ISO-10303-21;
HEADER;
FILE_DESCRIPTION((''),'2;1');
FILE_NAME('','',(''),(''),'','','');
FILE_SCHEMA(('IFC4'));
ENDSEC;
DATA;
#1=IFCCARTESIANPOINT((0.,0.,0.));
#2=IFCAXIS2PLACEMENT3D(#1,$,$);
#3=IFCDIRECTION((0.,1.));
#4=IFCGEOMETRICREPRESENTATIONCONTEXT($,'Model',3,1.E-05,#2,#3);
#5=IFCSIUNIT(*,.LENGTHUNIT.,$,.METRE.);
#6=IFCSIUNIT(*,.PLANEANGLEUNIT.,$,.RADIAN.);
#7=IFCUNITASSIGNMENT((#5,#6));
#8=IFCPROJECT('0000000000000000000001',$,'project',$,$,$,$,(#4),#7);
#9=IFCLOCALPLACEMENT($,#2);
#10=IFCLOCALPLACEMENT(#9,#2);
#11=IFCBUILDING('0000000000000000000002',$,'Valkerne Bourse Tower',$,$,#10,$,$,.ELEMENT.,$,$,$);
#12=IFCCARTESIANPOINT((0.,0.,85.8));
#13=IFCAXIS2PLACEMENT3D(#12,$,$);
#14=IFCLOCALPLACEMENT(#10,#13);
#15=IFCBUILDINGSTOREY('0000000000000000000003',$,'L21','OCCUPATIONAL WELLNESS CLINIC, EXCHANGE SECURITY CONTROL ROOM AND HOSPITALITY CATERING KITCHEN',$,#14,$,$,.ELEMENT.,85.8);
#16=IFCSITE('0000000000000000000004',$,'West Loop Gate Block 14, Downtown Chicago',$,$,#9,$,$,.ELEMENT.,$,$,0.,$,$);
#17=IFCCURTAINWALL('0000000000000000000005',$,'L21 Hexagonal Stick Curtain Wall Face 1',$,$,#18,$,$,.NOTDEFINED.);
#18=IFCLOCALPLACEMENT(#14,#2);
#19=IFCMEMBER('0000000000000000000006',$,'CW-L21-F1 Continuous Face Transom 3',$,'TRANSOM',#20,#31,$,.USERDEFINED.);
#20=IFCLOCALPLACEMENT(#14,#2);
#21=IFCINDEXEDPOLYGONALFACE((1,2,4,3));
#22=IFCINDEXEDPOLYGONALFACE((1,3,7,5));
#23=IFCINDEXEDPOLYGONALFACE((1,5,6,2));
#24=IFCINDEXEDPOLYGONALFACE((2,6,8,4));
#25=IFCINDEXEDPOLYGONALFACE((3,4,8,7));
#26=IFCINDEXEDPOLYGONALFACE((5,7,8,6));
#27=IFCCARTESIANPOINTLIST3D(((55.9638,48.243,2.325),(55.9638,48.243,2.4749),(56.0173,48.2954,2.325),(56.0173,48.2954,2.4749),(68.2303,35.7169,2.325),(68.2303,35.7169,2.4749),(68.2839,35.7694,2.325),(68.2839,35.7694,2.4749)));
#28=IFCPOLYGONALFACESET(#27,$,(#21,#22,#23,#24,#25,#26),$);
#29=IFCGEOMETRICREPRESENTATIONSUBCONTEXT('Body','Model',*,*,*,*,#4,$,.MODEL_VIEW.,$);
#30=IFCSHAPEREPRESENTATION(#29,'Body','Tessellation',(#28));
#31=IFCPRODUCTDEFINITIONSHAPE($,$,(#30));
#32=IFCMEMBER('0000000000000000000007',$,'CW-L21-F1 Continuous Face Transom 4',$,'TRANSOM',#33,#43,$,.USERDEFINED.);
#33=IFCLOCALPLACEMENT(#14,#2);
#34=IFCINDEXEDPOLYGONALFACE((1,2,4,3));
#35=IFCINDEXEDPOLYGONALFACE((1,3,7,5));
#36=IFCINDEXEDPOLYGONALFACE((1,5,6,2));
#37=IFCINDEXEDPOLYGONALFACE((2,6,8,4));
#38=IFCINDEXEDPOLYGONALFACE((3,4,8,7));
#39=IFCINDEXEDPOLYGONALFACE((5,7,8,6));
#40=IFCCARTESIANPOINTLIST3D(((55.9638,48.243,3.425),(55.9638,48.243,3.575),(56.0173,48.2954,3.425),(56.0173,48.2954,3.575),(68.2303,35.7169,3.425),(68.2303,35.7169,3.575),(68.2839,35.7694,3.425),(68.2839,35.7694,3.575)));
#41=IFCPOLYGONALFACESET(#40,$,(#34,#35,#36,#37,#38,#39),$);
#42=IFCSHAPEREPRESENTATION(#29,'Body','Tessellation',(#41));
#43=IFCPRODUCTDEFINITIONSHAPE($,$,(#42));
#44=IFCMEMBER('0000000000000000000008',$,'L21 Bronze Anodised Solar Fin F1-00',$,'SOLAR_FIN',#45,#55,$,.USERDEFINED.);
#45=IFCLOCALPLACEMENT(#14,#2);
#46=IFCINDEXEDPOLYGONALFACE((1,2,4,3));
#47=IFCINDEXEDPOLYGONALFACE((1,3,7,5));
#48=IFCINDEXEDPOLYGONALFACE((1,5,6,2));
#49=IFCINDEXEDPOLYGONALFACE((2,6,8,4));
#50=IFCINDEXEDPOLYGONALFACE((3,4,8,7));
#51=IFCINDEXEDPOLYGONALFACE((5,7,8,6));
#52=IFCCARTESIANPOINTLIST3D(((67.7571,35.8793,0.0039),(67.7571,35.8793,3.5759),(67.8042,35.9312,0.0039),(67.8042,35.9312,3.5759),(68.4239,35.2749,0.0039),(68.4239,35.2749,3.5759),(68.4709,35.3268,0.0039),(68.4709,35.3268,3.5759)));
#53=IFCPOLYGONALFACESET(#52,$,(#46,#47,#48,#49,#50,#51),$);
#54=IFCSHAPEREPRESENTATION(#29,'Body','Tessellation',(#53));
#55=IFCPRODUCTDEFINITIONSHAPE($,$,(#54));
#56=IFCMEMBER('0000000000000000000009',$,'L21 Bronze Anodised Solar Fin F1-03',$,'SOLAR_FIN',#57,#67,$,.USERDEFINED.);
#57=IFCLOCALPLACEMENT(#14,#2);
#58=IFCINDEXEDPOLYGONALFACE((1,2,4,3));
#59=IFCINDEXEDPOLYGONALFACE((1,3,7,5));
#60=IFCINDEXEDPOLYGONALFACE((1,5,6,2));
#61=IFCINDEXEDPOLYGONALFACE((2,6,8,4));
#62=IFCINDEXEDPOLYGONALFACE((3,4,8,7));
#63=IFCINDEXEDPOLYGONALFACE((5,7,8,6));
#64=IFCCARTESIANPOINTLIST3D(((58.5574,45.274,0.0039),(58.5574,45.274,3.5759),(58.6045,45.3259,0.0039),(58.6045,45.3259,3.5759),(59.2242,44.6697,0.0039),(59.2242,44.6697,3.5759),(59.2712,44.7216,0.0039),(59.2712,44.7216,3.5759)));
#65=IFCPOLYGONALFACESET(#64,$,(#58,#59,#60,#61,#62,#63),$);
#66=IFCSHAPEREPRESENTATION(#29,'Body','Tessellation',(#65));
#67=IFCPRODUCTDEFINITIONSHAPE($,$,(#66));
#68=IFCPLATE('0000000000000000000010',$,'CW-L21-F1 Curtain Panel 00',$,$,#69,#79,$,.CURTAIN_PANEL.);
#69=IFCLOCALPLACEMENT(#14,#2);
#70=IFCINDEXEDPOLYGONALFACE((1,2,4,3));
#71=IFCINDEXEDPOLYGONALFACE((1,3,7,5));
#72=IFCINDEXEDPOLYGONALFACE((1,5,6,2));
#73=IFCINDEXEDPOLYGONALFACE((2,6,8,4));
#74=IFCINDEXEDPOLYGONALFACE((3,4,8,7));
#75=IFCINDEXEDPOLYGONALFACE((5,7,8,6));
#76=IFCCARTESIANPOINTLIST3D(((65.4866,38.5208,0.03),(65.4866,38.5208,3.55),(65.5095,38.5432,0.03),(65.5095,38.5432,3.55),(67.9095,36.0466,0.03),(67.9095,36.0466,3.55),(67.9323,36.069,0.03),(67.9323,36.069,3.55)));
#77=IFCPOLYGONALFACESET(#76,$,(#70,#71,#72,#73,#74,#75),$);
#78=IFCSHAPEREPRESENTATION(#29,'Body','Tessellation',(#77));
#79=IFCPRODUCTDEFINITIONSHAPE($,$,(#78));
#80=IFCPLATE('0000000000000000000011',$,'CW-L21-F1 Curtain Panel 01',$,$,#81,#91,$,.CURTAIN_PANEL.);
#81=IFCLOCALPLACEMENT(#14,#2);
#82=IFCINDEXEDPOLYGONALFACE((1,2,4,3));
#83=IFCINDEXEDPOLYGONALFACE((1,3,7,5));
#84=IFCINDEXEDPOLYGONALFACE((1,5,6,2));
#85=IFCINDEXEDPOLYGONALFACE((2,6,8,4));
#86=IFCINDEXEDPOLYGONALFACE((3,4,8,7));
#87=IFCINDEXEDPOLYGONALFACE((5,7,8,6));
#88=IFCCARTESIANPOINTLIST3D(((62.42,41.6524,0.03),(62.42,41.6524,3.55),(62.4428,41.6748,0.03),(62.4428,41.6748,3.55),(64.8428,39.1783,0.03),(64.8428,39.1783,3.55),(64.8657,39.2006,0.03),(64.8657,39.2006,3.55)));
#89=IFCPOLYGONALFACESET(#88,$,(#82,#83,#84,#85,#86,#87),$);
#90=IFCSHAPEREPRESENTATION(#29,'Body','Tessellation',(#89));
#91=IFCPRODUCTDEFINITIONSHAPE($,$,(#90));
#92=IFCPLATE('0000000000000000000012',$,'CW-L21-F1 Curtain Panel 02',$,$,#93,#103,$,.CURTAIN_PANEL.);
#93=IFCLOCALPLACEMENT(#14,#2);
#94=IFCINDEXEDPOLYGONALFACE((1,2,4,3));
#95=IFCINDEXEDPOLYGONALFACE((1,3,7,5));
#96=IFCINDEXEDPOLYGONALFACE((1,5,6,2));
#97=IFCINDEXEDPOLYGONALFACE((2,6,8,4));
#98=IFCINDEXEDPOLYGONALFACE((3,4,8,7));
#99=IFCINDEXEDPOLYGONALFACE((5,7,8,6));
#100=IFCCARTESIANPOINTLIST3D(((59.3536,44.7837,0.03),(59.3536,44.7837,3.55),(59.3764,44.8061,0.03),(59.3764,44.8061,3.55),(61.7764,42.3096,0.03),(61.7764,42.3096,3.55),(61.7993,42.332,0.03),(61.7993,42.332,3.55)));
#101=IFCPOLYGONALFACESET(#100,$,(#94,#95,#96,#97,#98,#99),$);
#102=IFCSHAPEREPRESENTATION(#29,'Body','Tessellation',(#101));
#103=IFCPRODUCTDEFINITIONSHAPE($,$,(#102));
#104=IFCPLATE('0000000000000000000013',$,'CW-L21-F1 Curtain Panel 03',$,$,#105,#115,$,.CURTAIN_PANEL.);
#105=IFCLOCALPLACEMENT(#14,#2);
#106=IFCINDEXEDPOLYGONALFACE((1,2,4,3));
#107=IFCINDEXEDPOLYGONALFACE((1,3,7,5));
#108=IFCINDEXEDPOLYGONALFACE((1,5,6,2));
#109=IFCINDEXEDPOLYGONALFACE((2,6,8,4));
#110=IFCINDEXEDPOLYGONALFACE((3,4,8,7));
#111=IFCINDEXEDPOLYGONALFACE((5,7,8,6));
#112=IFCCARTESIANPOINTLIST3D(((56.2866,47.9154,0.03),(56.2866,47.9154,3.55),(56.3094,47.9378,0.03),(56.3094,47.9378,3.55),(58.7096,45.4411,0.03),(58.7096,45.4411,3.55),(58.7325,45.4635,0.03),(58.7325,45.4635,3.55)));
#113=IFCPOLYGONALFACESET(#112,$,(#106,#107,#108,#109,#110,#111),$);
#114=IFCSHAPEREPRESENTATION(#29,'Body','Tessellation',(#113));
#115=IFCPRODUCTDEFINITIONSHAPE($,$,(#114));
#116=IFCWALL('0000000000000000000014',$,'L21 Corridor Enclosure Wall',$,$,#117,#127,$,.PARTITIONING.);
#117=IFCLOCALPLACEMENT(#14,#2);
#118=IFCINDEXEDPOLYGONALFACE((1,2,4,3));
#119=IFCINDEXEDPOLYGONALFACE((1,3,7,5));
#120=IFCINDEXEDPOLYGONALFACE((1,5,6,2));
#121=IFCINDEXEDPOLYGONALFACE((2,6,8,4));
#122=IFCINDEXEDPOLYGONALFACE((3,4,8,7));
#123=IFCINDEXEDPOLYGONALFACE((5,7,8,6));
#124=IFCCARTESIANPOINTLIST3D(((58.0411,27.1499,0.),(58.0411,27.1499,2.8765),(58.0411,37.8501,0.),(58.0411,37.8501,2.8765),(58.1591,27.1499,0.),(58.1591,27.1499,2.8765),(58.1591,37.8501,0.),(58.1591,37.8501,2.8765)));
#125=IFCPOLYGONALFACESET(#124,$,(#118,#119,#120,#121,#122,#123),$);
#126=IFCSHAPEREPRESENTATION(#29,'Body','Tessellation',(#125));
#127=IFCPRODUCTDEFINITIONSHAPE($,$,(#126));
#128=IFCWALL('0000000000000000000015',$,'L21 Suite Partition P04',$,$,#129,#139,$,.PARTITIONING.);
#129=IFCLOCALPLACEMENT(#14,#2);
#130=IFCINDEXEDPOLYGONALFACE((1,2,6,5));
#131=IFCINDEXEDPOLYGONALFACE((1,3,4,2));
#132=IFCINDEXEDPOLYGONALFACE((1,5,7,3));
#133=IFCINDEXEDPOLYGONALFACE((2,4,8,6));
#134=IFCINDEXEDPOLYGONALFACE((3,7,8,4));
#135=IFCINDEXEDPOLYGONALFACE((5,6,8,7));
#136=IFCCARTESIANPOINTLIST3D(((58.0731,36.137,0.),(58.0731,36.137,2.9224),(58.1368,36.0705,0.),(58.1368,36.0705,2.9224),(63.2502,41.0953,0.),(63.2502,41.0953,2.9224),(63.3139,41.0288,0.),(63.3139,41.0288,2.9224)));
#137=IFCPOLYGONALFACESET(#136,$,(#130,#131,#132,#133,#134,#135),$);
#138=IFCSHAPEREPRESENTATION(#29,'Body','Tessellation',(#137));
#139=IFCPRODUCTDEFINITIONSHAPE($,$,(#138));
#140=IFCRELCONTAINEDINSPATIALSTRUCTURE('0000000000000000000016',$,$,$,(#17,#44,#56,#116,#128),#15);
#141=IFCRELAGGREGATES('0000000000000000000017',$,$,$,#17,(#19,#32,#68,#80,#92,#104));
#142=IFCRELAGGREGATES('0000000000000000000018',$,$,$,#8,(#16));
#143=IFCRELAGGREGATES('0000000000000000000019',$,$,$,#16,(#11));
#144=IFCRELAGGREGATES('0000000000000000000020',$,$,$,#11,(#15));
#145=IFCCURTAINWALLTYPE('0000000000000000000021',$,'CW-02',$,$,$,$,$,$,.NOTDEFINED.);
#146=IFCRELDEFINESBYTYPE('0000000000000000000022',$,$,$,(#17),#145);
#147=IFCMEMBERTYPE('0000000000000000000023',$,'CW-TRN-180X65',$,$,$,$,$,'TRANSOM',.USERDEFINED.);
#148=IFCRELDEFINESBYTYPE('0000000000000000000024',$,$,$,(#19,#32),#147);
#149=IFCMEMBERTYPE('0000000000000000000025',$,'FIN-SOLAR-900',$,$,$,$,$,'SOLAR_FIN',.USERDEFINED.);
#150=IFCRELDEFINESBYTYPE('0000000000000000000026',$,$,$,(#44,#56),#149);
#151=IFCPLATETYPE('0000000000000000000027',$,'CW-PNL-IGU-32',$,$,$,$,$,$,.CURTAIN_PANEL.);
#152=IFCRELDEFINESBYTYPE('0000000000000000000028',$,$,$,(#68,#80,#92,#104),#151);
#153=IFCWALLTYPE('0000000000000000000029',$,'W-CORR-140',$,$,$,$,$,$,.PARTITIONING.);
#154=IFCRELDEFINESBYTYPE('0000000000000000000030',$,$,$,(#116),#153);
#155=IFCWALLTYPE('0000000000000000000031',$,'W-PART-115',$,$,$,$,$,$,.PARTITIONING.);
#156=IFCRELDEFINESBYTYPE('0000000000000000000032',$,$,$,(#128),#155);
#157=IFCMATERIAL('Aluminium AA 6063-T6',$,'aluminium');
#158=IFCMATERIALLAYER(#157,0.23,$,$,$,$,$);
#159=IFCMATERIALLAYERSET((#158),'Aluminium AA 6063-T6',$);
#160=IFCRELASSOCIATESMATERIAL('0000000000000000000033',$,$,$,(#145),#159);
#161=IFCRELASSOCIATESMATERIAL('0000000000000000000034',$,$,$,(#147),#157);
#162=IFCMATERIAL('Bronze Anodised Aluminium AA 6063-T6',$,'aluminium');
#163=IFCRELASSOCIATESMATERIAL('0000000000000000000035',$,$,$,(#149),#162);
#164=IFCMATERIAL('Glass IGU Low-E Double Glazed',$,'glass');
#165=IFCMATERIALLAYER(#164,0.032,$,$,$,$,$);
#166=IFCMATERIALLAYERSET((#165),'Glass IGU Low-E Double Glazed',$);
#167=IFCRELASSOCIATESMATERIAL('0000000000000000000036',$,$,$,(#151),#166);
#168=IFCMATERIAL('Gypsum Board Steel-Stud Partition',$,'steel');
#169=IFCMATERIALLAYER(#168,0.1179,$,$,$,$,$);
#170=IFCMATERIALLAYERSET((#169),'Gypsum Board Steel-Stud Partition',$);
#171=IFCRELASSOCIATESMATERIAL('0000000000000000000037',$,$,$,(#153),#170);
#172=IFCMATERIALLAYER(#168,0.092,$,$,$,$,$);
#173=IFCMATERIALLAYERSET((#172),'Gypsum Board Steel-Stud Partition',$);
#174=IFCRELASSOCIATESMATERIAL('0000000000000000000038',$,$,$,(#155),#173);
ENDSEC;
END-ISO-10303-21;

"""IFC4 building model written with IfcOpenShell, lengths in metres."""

from ifc_helpers import new_model, si_unit, direction, frame, frame_2d, origin, origin_2d, place, context, subcontext, project, spatial, rectangle, extrude, material, layer, layer_set, material_profile, profile_set, type_object, element, aggregate, save


model = new_model("IFC4")

# Units and contexts
model_context = context("Model", 3, precision=1e-05, world=origin(), true_north=direction((0.0, 1.0)))
body_context = subcontext(model_context, "Body", "Model", "MODEL_VIEW")
ifc_project = project(units=[si_unit("LENGTHUNIT", "METRE"), si_unit("PLANEANGLEUNIT", "RADIAN")], contexts=[model_context])

# Site, building, storey
site_placement = place(None, origin())
site = spatial("IfcSite", under=ifc_project, at=site_placement, Name="West Loop Gate Block 14, Downtown Chicago", CompositionType="ELEMENT", RefElevation=0.0)
building_placement = place(site_placement, origin())
building = spatial("IfcBuilding", under=site, at=building_placement, Name="Valkerne Bourse Tower", CompositionType="ELEMENT")
storey_placement = place(building_placement, frame((0.0, 0.0, 85.8)))
storey = spatial("IfcBuildingStorey", under=building, at=storey_placement, Name="L21", Description="OCCUPATIONAL WELLNESS CLINIC, EXCHANGE SECURITY CONTROL ROOM AND HOSPITALITY CATERING KITCHEN", CompositionType="ELEMENT", Elevation=85.8)

# Curtain wall, members
ifc_material_1 = material(Name="Aluminium AA 6063-T6", Category="aluminium")
ifc_layer_1 = layer(ifc_material_1, 0.23)
ifc_layer_set_1 = layer_set([ifc_layer_1], Name="Aluminium AA 6063-T6")
curtain_wall_type = type_object("IfcCurtainWallType", Name="CW-02", PredefinedType="NOTDEFINED", material=ifc_layer_set_1)
curtain_wall_placement = place(storey_placement, origin())
curtain_wall = element("IfcCurtainWall", 1, at=curtain_wall_placement, inside=storey, type_object=curtain_wall_type, Name="L21 Hexagonal Stick Curtain Wall Face 1", PredefinedType="NOTDEFINED")
ifc_material_profile_1 = material_profile(ifc_material_1, rectangle(XDim=0.075, YDim=0.1499, at=origin_2d()), Name="CWT-75X150")
ifc_profile_set_1 = profile_set([ifc_material_profile_1], Name="Aluminium AA 6063-T6")
member_type_1 = type_object("IfcMemberType", Name="CW-TRN-180X65", ElementType="TRANSOM", PredefinedType="USERDEFINED", material=ifc_profile_set_1)
member_1_placement = place(storey_placement, frame((68.2571, 35.7432, 2.3999), z_axis=(-0.699667, 0.714469, 0.0), x_axis=(-0.714469, -0.699667, 0.0)))
member_1 = element("IfcMember", 2, at=member_1_placement, type_object=member_type_1, Name="CW-L21-F1 Continuous Face Transom 3", ObjectType="TRANSOM", PredefinedType="USERDEFINED", context=body_context, shape_type="SweptSolid", body=[
    extrude(rectangle(XDim=0.075, YDim=0.1499, at=origin_2d()), origin(), (0.0, 0.0, 1.0), 17.532),
])
member_2_placement = place(storey_placement, frame((68.2571, 35.7432, 3.5), z_axis=(-0.699667, 0.714469, 0.0), x_axis=(-0.714469, -0.699667, 0.0)))
member_2 = element("IfcMember", 3, at=member_2_placement, type_object=member_type_1, Name="CW-L21-F1 Continuous Face Transom 4", ObjectType="TRANSOM", PredefinedType="USERDEFINED", context=body_context, shape_type="SweptSolid", body=[
    extrude(rectangle(XDim=0.075, YDim=0.1499, at=origin_2d()), origin(), (0.0, 0.0, 1.0), 17.532),
])

# Members
ifc_material_2 = material(Name="Bronze Anodised Aluminium AA 6063-T6", Category="aluminium")
ifc_material_profile_2 = material_profile(ifc_material_2, rectangle(XDim=0.0701, YDim=0.8999, at=origin_2d()), Name="FIN-70X900")
ifc_profile_set_2 = profile_set([ifc_material_profile_2], Name="Bronze Anodised Aluminium AA 6063-T6")
member_type_2 = type_object("IfcMemberType", Name="FIN-SOLAR-900", ElementType="SOLAR_FIN", PredefinedType="USERDEFINED", material=ifc_profile_set_2)
for number, where, z_axis, x_axis, name in (
    (4, (68.114, 35.603, 0.0039), (0.0, 0.0, 1.0), (0.671592, 0.740922, 0.0), "L21 Bronze Anodised Solar Fin F1-00"),
    (5, (58.9143, 44.9978, 0.0039), (0.0, 0.0, 1.0), (0.671582, 0.74093, 0.0), "L21 Bronze Anodised Solar Fin F1-03"),
):
    element("IfcMember", number, at=place(storey_placement, frame(where, z_axis=z_axis, x_axis=x_axis)), inside=storey, type_object=member_type_2, Name=name, ObjectType="SOLAR_FIN", PredefinedType="USERDEFINED", context=body_context, shape_type="SweptSolid", body=[
        extrude(rectangle(XDim=0.0701, YDim=0.8999, at=origin_2d()), origin(), (0.0, 0.0, 1.0), 3.572),
    ])

# Plates
ifc_material_3 = material(Name="Glass IGU Low-E Double Glazed", Category="glass")
ifc_layer_2 = layer(ifc_material_3, 0.032)
ifc_layer_set_2 = layer_set([ifc_layer_2], Name="Glass IGU Low-E Double Glazed")
plate_type = type_object("IfcPlateType", Name="CW-PNL-IGU-32", PredefinedType="CURTAIN_PANEL", material=ifc_layer_set_2)
plate_1_placement = place(storey_placement, frame((66.7095, 37.2949, 0.03), z_axis=(0.0, 0.0, 1.0), x_axis=(-0.699653, 0.714483, 0.0)))
plate_1 = element("IfcPlate", 6, at=plate_1_placement, type_object=plate_type, Name="CW-L21-F1 Curtain Panel 00", PredefinedType="CURTAIN_PANEL", context=body_context, shape_type="SweptSolid", body=[
    extrude(rectangle(XDim=3.4629, YDim=0.032, at=origin_2d()), origin(), (0.0, 0.0, 1.0), 3.52),
])
plate_2_placement = place(storey_placement, frame((63.6428, 40.4265, 0.03), z_axis=(0.0, 0.0, 1.0), x_axis=(-0.699664, 0.714472, 0.0)))
plate_2 = element("IfcPlate", 7, at=plate_2_placement, type_object=plate_type, Name="CW-L21-F1 Curtain Panel 01", PredefinedType="CURTAIN_PANEL", context=body_context, shape_type="SweptSolid", body=[
    extrude(rectangle(XDim=3.4629, YDim=0.032, at=origin_2d()), origin(), (0.0, 0.0, 1.0), 3.52),
])
plate_3_placement = place(storey_placement, frame((60.5764, 43.5579, 0.03), z_axis=(0.0, 0.0, 1.0), x_axis=(-0.699664, 0.714472, 0.0)))
plate_3 = element("IfcPlate", 8, at=plate_3_placement, type_object=plate_type, Name="CW-L21-F1 Curtain Panel 02", PredefinedType="CURTAIN_PANEL", context=body_context, shape_type="SweptSolid", body=[
    extrude(rectangle(XDim=3.4629, YDim=0.032, at=origin_2d()), origin(), (0.0, 0.0, 1.0), 3.52),
])
plate_4_placement = place(storey_placement, frame((57.5095, 46.6895, 0.03), z_axis=(0.0, 0.0, 1.0), x_axis=(-0.699665, 0.714471, 0.0)))
plate_4 = element("IfcPlate", 9, at=plate_4_placement, type_object=plate_type, Name="CW-L21-F1 Curtain Panel 03", PredefinedType="CURTAIN_PANEL", context=body_context, shape_type="SweptSolid", body=[
    extrude(rectangle(XDim=3.4631, YDim=0.032, at=origin_2d()), origin(), (0.0, 0.0, 1.0), 3.52),
])
aggregate(curtain_wall, [member_1, member_2, plate_1, plate_2, plate_3, plate_4])

# Walls
ifc_material_4 = material(Name="Gypsum Board Steel-Stud Partition", Category="steel")
ifc_layer_3 = layer(ifc_material_4, 0.1179)
ifc_layer_set_3 = layer_set([ifc_layer_3], Name="Gypsum Board Steel-Stud Partition")
wall_type_1 = type_object("IfcWallType", Name="W-CORR-140", PredefinedType="PARTITIONING", material=ifc_layer_set_3)
wall_1_placement = place(storey_placement, frame((58.1001, 37.8501, 0.0), z_axis=(0.0, 0.0, 1.0), x_axis=(0.0, -1.0, 0.0)))
element("IfcWall", 10, at=wall_1_placement, inside=storey, type_object=wall_type_1, Name="L21 Corridor Enclosure Wall", PredefinedType="PARTITIONING", context=body_context, shape_type="SweptSolid", body=[
    extrude(rectangle(XDim=10.7002, YDim=0.1179, at=frame_2d((5.3501, 0.0))), origin(), (0.0, 0.0, 1.0), 2.8765),
])
ifc_layer_4 = layer(ifc_material_4, 0.092)
ifc_layer_set_4 = layer_set([ifc_layer_4], Name="Gypsum Board Steel-Stud Partition")
wall_type_2 = type_object("IfcWallType", Name="W-PART-115", PredefinedType="PARTITIONING", material=ifc_layer_set_4)
wall_2_placement = place(storey_placement, frame((58.105, 36.1038, 0.0), z_axis=(0.0, 0.0, 1.0), x_axis=(0.7222, 0.691684, 0.0)))
element("IfcWall", 11, at=wall_2_placement, inside=storey, type_object=wall_type_2, Name="L21 Suite Partition P04", PredefinedType="PARTITIONING", context=body_context, shape_type="SweptSolid", body=[
    extrude(rectangle(XDim=7.1685, YDim=0.092, at=frame_2d((3.5842, 0.0))), origin(), (0.0, 0.0, 1.0), 2.9224),
])

save(model, "model.ifc")
